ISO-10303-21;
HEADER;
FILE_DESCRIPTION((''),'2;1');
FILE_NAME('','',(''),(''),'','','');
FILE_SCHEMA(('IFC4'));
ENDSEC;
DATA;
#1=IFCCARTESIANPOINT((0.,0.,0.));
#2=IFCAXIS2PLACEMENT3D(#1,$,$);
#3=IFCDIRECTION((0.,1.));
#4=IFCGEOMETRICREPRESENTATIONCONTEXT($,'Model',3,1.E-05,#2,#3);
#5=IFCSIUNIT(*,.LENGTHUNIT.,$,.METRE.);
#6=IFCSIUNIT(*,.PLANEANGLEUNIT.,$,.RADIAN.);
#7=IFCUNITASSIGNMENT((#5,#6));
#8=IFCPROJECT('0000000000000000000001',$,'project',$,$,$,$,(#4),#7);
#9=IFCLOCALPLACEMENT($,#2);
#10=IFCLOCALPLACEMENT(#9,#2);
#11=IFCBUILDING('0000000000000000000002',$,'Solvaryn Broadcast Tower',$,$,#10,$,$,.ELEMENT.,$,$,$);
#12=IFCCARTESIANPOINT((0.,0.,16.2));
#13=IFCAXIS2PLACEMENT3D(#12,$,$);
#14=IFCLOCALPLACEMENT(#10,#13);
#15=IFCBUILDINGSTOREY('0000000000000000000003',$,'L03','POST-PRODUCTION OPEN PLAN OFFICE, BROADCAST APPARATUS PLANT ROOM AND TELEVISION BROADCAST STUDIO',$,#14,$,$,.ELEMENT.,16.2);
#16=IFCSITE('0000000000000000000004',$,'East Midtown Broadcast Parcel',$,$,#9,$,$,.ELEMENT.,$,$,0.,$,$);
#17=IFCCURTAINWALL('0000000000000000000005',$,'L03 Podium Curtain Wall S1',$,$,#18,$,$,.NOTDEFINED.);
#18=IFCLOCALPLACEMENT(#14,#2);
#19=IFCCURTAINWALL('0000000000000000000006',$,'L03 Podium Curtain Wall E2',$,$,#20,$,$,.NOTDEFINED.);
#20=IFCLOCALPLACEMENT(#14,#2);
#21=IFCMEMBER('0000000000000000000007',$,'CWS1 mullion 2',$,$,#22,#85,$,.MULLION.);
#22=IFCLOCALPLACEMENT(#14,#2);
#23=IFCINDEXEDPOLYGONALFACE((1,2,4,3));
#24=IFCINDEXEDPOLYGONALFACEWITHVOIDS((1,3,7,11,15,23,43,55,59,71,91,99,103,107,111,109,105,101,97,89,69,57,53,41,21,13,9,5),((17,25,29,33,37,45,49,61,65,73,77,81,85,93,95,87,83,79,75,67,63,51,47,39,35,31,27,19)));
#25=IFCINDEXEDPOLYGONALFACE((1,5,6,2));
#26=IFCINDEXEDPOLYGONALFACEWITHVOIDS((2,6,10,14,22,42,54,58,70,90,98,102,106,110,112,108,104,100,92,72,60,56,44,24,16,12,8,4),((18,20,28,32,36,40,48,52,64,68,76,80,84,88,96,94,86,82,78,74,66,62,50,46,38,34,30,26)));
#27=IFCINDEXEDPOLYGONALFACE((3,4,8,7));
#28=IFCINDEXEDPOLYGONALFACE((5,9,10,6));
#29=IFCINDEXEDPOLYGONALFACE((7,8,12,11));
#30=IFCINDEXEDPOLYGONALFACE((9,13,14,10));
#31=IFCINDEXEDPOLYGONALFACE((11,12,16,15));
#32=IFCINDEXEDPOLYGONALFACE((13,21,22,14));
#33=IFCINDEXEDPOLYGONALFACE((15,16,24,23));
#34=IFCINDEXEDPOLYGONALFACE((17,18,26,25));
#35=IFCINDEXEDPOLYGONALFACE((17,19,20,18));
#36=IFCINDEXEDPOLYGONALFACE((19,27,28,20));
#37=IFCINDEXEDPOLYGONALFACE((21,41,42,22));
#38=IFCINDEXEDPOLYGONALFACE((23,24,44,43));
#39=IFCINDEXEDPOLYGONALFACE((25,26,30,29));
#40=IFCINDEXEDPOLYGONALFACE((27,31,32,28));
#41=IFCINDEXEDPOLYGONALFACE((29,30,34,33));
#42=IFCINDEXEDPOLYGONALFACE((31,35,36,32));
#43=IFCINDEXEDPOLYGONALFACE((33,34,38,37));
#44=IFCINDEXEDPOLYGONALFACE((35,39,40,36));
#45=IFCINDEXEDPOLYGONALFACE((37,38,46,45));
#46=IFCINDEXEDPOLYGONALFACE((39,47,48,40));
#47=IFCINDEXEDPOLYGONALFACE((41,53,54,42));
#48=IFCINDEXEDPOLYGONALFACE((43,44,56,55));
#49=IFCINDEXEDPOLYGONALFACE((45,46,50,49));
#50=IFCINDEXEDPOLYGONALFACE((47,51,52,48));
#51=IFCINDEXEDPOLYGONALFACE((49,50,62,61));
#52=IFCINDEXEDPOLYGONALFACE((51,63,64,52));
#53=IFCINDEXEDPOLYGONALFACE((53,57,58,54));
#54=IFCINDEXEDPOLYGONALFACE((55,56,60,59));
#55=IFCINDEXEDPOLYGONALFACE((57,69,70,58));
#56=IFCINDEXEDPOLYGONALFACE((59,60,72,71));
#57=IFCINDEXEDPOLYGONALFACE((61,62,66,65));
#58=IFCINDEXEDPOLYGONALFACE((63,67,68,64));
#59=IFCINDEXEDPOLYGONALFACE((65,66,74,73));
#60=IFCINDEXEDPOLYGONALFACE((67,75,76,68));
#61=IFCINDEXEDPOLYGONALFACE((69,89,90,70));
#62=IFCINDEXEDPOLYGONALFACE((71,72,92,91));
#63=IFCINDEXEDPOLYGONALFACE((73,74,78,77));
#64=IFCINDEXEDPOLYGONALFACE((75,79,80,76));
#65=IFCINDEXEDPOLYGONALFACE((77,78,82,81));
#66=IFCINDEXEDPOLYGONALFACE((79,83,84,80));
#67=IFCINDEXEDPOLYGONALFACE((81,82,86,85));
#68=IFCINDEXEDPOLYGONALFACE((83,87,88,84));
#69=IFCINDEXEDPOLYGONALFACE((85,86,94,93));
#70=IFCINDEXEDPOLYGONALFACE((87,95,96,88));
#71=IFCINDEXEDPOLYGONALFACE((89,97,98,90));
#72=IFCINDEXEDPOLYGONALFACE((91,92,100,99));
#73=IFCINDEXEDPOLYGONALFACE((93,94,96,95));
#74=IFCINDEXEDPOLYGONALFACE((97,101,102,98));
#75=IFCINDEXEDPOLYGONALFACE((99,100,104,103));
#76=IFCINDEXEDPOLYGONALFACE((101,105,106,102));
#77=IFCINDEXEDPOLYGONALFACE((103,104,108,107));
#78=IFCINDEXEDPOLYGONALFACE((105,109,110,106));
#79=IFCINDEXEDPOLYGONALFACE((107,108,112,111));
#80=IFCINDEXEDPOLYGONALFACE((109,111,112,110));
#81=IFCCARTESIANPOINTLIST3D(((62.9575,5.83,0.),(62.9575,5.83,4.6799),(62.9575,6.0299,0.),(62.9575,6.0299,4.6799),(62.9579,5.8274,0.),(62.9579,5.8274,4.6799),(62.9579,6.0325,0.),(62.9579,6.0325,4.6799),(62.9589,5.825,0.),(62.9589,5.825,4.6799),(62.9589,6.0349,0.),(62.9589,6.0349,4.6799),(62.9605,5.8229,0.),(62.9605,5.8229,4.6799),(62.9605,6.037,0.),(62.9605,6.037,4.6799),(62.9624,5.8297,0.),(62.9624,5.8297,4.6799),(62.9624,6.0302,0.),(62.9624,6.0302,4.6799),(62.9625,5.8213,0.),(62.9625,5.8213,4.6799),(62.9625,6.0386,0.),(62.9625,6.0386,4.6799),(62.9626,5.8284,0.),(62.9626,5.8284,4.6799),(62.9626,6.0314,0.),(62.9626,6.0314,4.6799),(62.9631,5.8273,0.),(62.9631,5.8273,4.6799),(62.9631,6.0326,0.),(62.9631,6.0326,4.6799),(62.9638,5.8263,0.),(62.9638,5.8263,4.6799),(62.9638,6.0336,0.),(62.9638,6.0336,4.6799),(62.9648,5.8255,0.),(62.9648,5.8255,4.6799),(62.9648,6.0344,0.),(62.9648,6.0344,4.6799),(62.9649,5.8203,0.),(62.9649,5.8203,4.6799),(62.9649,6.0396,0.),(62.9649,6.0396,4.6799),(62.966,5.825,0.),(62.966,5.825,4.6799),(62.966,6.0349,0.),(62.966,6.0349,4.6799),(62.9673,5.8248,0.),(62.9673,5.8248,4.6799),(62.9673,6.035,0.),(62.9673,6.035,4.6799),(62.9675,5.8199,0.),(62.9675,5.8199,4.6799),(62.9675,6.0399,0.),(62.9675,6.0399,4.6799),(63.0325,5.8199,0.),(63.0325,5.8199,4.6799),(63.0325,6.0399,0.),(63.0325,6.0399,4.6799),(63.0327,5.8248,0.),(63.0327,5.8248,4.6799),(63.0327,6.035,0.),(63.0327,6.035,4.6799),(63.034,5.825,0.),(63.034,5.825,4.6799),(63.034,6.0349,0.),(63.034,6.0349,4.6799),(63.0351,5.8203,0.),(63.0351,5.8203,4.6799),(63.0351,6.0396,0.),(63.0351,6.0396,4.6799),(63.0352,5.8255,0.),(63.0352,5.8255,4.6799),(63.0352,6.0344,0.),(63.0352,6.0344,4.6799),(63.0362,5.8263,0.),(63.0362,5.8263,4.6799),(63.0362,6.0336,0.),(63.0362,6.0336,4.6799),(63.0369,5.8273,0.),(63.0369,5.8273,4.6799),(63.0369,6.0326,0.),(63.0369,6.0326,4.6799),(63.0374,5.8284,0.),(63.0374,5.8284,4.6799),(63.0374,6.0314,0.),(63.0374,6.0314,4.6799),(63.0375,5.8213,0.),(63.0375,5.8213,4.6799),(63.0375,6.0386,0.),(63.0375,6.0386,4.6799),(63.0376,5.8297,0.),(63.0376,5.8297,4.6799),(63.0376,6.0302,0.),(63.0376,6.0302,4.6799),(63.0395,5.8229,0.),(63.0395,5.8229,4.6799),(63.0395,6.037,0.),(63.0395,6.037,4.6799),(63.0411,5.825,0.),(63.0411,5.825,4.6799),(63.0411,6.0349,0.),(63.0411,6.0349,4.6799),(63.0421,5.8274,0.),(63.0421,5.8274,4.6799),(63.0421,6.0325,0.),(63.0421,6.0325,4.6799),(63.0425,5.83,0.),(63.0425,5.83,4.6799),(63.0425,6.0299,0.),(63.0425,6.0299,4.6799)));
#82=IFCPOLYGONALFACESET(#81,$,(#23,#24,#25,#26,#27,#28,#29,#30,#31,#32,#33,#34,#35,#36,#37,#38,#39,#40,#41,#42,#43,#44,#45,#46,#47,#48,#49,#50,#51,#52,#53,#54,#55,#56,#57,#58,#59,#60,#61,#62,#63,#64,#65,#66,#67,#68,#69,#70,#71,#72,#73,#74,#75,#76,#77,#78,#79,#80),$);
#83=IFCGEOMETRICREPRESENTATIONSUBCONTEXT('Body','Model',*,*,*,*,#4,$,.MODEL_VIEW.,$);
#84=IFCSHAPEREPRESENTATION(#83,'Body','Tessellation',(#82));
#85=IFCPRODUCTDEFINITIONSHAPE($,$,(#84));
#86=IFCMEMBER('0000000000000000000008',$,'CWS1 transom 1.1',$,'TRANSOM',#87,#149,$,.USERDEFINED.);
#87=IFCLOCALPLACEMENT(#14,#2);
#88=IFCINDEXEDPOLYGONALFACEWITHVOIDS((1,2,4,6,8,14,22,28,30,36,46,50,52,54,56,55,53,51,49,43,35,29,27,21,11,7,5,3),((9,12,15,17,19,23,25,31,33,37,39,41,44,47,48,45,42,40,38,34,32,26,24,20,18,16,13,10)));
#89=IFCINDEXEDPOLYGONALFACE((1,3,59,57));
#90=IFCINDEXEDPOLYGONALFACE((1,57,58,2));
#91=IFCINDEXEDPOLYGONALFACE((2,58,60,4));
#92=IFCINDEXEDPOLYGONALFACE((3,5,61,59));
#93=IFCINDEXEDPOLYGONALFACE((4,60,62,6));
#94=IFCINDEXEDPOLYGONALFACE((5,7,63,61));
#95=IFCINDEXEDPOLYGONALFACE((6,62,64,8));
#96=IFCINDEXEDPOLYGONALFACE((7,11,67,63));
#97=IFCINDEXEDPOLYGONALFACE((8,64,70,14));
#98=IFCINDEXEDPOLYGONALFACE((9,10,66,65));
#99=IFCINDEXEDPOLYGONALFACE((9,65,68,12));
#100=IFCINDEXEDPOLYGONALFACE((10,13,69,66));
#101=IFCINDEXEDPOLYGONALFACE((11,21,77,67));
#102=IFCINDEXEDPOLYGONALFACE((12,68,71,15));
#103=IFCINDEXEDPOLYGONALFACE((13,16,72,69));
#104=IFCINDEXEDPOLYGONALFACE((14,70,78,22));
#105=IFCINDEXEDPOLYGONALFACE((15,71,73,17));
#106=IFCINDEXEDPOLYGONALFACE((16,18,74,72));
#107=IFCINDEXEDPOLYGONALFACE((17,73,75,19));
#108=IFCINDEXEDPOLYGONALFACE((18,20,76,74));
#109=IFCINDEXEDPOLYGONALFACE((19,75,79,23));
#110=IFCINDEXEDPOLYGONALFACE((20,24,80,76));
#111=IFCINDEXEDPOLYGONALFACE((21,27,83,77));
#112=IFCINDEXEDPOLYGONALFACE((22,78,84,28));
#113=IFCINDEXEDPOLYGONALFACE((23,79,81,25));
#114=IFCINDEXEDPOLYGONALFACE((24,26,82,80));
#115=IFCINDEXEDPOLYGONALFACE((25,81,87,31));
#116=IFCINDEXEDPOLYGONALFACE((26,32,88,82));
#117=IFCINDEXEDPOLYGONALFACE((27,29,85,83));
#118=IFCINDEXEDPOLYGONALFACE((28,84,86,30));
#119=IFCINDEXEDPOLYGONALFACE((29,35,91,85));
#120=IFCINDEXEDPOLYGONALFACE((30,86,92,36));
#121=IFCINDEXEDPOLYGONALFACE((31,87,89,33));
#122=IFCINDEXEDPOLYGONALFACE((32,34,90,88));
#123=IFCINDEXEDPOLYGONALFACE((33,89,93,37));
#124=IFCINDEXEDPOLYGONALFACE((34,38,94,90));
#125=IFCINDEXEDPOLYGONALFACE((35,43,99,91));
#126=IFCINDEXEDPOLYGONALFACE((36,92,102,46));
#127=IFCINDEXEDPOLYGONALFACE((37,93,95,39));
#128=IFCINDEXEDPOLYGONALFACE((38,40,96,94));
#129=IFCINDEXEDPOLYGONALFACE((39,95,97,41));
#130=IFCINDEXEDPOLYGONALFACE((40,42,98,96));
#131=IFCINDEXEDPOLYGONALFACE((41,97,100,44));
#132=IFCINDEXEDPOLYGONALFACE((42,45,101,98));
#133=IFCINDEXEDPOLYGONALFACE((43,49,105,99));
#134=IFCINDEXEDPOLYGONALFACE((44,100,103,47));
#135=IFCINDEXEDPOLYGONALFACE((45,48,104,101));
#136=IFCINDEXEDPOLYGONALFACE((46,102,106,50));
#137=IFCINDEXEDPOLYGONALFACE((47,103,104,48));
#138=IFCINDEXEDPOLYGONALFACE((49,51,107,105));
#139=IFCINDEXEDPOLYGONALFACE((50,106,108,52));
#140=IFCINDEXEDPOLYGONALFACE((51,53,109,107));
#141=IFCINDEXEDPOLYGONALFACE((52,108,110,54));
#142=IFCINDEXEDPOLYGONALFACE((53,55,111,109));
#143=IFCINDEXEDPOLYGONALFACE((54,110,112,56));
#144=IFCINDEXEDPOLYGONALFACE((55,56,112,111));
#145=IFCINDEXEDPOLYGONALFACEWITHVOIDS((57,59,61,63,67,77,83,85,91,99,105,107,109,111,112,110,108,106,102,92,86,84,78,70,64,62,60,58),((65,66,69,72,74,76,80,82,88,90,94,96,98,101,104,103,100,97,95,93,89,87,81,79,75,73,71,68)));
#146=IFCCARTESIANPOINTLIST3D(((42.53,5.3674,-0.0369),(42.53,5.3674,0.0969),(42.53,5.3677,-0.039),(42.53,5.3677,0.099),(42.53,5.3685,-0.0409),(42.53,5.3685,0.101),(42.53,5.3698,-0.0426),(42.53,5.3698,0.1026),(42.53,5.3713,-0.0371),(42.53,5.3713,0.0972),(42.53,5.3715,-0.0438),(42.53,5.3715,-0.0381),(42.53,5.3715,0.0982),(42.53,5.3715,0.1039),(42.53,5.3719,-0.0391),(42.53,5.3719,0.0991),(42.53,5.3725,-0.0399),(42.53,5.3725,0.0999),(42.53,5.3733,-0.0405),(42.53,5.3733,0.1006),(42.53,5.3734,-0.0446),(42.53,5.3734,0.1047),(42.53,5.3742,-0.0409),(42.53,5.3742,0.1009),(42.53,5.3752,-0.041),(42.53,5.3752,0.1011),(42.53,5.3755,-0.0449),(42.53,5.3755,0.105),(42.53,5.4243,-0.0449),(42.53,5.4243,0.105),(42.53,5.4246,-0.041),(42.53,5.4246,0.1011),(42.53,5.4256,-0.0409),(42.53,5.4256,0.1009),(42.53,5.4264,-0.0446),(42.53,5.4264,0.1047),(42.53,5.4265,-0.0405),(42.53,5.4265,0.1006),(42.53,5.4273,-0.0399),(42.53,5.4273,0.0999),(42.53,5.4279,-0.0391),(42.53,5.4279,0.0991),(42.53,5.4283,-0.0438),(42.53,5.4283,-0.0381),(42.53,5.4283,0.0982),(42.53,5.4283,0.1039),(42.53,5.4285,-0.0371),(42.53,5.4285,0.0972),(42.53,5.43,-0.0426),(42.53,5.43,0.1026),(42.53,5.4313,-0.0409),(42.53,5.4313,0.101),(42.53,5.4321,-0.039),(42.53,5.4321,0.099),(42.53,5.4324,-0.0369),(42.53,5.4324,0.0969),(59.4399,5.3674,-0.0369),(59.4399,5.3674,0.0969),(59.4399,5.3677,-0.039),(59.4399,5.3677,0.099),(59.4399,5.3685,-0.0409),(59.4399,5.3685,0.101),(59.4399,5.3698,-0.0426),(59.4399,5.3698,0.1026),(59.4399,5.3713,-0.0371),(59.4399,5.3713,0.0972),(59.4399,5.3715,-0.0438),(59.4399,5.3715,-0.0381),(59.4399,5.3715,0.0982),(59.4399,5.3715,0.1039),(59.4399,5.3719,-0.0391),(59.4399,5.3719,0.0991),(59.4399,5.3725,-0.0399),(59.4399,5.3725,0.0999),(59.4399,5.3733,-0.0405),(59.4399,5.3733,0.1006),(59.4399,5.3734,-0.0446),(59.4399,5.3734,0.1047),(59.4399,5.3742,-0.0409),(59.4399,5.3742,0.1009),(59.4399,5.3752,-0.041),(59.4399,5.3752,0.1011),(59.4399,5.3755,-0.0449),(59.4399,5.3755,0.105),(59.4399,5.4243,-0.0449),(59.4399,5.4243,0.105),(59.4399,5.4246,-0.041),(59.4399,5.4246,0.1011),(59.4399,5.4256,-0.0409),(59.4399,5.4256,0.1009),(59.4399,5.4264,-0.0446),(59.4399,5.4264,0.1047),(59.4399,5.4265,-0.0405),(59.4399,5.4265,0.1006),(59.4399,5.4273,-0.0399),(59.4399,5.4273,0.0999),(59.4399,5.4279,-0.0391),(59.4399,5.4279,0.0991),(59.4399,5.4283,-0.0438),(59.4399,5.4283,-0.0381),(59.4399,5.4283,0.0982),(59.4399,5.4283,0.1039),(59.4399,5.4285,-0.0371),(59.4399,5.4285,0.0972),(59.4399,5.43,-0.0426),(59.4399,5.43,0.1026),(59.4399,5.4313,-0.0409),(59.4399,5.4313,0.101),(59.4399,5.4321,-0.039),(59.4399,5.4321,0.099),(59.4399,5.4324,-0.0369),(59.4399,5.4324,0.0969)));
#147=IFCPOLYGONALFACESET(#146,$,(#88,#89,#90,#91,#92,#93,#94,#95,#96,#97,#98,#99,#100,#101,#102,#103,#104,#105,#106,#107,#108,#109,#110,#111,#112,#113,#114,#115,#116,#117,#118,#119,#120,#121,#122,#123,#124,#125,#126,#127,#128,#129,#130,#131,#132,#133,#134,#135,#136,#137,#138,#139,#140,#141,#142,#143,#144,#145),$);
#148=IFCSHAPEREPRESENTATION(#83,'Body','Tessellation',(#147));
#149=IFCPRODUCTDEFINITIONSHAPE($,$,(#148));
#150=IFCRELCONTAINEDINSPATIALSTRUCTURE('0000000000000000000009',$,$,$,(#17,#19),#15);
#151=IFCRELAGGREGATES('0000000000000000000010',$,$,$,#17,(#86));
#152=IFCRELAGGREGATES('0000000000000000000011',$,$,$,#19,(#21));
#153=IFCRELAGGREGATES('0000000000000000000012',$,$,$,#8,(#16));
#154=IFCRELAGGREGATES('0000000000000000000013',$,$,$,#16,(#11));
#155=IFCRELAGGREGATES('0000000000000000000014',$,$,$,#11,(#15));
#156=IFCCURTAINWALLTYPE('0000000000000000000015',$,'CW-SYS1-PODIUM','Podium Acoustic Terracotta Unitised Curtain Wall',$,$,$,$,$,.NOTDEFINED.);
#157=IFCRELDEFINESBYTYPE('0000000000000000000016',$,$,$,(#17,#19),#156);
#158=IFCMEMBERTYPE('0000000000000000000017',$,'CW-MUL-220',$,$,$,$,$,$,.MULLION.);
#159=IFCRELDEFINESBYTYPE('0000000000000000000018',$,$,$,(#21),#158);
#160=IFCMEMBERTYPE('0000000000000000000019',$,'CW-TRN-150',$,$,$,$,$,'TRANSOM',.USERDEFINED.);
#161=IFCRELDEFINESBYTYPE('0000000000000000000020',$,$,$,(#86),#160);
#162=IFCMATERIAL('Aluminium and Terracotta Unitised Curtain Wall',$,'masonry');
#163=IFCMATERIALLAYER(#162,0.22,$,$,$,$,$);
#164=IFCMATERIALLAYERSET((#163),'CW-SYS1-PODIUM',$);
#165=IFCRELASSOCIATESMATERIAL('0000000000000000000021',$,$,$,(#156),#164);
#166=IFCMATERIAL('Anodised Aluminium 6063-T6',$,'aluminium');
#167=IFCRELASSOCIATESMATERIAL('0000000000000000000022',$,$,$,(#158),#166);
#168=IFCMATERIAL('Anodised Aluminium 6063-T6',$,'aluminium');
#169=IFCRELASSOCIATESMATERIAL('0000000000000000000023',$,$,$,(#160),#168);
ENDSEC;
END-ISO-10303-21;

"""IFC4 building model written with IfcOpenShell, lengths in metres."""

from ifc_helpers import new_model, si_unit, direction, frame, origin, origin_2d, place, context, subcontext, project, spatial, hollow_rectangle, extrude, material, layer, layer_set, material_profile, profile_set, type_object, element, aggregate, save


model = new_model("IFC4")

# Units and contexts
model_context = context("Model", 3, precision=1e-05, world=origin(), true_north=direction((0.0, 1.0)))
body_context = subcontext(model_context, "Body", "Model", "MODEL_VIEW")
ifc_project = project(units=[si_unit("LENGTHUNIT", "METRE"), si_unit("PLANEANGLEUNIT", "RADIAN")], contexts=[model_context])

# Site, building, storey
site_placement = place(None, origin())
site = spatial("IfcSite", under=ifc_project, at=site_placement, Name="East Midtown Broadcast Parcel", CompositionType="ELEMENT", RefElevation=0.0)
building_placement = place(site_placement, origin())
building = spatial("IfcBuilding", under=site, at=building_placement, Name="Solvaryn Broadcast Tower", CompositionType="ELEMENT")
storey_placement = place(building_placement, frame((0.0, 0.0, 16.2)))
storey = spatial("IfcBuildingStorey", under=building, at=storey_placement, Name="L03", Description="POST-PRODUCTION OPEN PLAN OFFICE, BROADCAST APPARATUS PLANT ROOM AND TELEVISION BROADCAST STUDIO", CompositionType="ELEMENT", Elevation=16.2)

# Curtain walls, member
ifc_material_1 = material(Name="Aluminium and Terracotta Unitised Curtain Wall", Category="masonry")
ifc_layer_1 = layer(ifc_material_1, 0.22)
ifc_layer_set_1 = layer_set([ifc_layer_1], Name="CW-SYS1-PODIUM")
curtain_wall_type = type_object("IfcCurtainWallType", Name="CW-SYS1-PODIUM", Description="Podium Acoustic Terracotta Unitised Curtain Wall", PredefinedType="NOTDEFINED", material=ifc_layer_set_1)
curtain_wall_1_placement = place(storey_placement, origin())
curtain_wall_1 = element("IfcCurtainWall", 1, at=curtain_wall_1_placement, inside=storey, type_object=curtain_wall_type, Name="L03 Podium Curtain Wall S1", PredefinedType="NOTDEFINED")
ifc_material_2 = material(Name="Anodised Aluminium 6063-T6", Category="aluminium")
ifc_material_profile_1 = material_profile(ifc_material_2, hollow_rectangle(XDim=0.085, YDim=0.22, WallThickness=0.0049, InnerFilletRadius=0.0049, OuterFilletRadius=0.01, at=origin_2d()))
ifc_profile_set_1 = profile_set([ifc_material_profile_1], Name="Anodised Aluminium 6063-T6")
member_type_1 = type_object("IfcMemberType", Name="CW-MUL-220", PredefinedType="MULLION", material=ifc_profile_set_1)
curtain_wall_2_placement = place(storey_placement, origin())
curtain_wall_2 = element("IfcCurtainWall", 2, at=curtain_wall_2_placement, inside=storey, type_object=curtain_wall_type, Name="L03 Podium Curtain Wall E2", PredefinedType="NOTDEFINED")
member_1_placement = place(storey_placement, frame((63.0, 5.9299, 0.0), z_axis=(0.0, 0.0, 1.0), x_axis=(1.0, 0.0, 0.0)))
member_1 = element("IfcMember", 3, at=member_1_placement, type_object=member_type_1, Name="CWS1 mullion 2", PredefinedType="MULLION", context=body_context, shape_type="SweptSolid", body=[
    extrude(hollow_rectangle(XDim=0.085, YDim=0.22, WallThickness=0.0049, InnerFilletRadius=0.0049, OuterFilletRadius=0.01, at=origin_2d()), origin(), (0.0, 0.0, 1.0), 4.6799),
])

# Member
ifc_material_3 = material(Name="Anodised Aluminium 6063-T6", Category="aluminium")
ifc_material_profile_2 = material_profile(ifc_material_3, hollow_rectangle(XDim=0.0649, YDim=0.1499, WallThickness=0.0039, InnerFilletRadius=0.0039, OuterFilletRadius=0.0081, at=origin_2d()))
ifc_profile_set_2 = profile_set([ifc_material_profile_2], Name="Anodised Aluminium 6063-T6")
member_type_2 = type_object("IfcMemberType", Name="CW-TRN-150", ElementType="TRANSOM", PredefinedType="USERDEFINED", material=ifc_profile_set_2)
member_2_placement = place(storey_placement, frame((59.4399, 5.3999, 0.03), z_axis=(-1.0, 0.0, 0.0), x_axis=(0.0, -1.0, 0.0)))
member_2 = element("IfcMember", 4, at=member_2_placement, type_object=member_type_2, Name="CWS1 transom 1.1", ObjectType="TRANSOM", PredefinedType="USERDEFINED", context=body_context, shape_type="SweptSolid", body=[
    extrude(hollow_rectangle(XDim=0.0649, YDim=0.1499, WallThickness=0.0039, InnerFilletRadius=0.0039, OuterFilletRadius=0.0081, at=origin_2d()), origin(), (0.0, 0.0, 1.0), 16.9099),
])
aggregate(curtain_wall_1, [member_2])

aggregate(curtain_wall_2, [member_1])

save(model, "model.ifc")
